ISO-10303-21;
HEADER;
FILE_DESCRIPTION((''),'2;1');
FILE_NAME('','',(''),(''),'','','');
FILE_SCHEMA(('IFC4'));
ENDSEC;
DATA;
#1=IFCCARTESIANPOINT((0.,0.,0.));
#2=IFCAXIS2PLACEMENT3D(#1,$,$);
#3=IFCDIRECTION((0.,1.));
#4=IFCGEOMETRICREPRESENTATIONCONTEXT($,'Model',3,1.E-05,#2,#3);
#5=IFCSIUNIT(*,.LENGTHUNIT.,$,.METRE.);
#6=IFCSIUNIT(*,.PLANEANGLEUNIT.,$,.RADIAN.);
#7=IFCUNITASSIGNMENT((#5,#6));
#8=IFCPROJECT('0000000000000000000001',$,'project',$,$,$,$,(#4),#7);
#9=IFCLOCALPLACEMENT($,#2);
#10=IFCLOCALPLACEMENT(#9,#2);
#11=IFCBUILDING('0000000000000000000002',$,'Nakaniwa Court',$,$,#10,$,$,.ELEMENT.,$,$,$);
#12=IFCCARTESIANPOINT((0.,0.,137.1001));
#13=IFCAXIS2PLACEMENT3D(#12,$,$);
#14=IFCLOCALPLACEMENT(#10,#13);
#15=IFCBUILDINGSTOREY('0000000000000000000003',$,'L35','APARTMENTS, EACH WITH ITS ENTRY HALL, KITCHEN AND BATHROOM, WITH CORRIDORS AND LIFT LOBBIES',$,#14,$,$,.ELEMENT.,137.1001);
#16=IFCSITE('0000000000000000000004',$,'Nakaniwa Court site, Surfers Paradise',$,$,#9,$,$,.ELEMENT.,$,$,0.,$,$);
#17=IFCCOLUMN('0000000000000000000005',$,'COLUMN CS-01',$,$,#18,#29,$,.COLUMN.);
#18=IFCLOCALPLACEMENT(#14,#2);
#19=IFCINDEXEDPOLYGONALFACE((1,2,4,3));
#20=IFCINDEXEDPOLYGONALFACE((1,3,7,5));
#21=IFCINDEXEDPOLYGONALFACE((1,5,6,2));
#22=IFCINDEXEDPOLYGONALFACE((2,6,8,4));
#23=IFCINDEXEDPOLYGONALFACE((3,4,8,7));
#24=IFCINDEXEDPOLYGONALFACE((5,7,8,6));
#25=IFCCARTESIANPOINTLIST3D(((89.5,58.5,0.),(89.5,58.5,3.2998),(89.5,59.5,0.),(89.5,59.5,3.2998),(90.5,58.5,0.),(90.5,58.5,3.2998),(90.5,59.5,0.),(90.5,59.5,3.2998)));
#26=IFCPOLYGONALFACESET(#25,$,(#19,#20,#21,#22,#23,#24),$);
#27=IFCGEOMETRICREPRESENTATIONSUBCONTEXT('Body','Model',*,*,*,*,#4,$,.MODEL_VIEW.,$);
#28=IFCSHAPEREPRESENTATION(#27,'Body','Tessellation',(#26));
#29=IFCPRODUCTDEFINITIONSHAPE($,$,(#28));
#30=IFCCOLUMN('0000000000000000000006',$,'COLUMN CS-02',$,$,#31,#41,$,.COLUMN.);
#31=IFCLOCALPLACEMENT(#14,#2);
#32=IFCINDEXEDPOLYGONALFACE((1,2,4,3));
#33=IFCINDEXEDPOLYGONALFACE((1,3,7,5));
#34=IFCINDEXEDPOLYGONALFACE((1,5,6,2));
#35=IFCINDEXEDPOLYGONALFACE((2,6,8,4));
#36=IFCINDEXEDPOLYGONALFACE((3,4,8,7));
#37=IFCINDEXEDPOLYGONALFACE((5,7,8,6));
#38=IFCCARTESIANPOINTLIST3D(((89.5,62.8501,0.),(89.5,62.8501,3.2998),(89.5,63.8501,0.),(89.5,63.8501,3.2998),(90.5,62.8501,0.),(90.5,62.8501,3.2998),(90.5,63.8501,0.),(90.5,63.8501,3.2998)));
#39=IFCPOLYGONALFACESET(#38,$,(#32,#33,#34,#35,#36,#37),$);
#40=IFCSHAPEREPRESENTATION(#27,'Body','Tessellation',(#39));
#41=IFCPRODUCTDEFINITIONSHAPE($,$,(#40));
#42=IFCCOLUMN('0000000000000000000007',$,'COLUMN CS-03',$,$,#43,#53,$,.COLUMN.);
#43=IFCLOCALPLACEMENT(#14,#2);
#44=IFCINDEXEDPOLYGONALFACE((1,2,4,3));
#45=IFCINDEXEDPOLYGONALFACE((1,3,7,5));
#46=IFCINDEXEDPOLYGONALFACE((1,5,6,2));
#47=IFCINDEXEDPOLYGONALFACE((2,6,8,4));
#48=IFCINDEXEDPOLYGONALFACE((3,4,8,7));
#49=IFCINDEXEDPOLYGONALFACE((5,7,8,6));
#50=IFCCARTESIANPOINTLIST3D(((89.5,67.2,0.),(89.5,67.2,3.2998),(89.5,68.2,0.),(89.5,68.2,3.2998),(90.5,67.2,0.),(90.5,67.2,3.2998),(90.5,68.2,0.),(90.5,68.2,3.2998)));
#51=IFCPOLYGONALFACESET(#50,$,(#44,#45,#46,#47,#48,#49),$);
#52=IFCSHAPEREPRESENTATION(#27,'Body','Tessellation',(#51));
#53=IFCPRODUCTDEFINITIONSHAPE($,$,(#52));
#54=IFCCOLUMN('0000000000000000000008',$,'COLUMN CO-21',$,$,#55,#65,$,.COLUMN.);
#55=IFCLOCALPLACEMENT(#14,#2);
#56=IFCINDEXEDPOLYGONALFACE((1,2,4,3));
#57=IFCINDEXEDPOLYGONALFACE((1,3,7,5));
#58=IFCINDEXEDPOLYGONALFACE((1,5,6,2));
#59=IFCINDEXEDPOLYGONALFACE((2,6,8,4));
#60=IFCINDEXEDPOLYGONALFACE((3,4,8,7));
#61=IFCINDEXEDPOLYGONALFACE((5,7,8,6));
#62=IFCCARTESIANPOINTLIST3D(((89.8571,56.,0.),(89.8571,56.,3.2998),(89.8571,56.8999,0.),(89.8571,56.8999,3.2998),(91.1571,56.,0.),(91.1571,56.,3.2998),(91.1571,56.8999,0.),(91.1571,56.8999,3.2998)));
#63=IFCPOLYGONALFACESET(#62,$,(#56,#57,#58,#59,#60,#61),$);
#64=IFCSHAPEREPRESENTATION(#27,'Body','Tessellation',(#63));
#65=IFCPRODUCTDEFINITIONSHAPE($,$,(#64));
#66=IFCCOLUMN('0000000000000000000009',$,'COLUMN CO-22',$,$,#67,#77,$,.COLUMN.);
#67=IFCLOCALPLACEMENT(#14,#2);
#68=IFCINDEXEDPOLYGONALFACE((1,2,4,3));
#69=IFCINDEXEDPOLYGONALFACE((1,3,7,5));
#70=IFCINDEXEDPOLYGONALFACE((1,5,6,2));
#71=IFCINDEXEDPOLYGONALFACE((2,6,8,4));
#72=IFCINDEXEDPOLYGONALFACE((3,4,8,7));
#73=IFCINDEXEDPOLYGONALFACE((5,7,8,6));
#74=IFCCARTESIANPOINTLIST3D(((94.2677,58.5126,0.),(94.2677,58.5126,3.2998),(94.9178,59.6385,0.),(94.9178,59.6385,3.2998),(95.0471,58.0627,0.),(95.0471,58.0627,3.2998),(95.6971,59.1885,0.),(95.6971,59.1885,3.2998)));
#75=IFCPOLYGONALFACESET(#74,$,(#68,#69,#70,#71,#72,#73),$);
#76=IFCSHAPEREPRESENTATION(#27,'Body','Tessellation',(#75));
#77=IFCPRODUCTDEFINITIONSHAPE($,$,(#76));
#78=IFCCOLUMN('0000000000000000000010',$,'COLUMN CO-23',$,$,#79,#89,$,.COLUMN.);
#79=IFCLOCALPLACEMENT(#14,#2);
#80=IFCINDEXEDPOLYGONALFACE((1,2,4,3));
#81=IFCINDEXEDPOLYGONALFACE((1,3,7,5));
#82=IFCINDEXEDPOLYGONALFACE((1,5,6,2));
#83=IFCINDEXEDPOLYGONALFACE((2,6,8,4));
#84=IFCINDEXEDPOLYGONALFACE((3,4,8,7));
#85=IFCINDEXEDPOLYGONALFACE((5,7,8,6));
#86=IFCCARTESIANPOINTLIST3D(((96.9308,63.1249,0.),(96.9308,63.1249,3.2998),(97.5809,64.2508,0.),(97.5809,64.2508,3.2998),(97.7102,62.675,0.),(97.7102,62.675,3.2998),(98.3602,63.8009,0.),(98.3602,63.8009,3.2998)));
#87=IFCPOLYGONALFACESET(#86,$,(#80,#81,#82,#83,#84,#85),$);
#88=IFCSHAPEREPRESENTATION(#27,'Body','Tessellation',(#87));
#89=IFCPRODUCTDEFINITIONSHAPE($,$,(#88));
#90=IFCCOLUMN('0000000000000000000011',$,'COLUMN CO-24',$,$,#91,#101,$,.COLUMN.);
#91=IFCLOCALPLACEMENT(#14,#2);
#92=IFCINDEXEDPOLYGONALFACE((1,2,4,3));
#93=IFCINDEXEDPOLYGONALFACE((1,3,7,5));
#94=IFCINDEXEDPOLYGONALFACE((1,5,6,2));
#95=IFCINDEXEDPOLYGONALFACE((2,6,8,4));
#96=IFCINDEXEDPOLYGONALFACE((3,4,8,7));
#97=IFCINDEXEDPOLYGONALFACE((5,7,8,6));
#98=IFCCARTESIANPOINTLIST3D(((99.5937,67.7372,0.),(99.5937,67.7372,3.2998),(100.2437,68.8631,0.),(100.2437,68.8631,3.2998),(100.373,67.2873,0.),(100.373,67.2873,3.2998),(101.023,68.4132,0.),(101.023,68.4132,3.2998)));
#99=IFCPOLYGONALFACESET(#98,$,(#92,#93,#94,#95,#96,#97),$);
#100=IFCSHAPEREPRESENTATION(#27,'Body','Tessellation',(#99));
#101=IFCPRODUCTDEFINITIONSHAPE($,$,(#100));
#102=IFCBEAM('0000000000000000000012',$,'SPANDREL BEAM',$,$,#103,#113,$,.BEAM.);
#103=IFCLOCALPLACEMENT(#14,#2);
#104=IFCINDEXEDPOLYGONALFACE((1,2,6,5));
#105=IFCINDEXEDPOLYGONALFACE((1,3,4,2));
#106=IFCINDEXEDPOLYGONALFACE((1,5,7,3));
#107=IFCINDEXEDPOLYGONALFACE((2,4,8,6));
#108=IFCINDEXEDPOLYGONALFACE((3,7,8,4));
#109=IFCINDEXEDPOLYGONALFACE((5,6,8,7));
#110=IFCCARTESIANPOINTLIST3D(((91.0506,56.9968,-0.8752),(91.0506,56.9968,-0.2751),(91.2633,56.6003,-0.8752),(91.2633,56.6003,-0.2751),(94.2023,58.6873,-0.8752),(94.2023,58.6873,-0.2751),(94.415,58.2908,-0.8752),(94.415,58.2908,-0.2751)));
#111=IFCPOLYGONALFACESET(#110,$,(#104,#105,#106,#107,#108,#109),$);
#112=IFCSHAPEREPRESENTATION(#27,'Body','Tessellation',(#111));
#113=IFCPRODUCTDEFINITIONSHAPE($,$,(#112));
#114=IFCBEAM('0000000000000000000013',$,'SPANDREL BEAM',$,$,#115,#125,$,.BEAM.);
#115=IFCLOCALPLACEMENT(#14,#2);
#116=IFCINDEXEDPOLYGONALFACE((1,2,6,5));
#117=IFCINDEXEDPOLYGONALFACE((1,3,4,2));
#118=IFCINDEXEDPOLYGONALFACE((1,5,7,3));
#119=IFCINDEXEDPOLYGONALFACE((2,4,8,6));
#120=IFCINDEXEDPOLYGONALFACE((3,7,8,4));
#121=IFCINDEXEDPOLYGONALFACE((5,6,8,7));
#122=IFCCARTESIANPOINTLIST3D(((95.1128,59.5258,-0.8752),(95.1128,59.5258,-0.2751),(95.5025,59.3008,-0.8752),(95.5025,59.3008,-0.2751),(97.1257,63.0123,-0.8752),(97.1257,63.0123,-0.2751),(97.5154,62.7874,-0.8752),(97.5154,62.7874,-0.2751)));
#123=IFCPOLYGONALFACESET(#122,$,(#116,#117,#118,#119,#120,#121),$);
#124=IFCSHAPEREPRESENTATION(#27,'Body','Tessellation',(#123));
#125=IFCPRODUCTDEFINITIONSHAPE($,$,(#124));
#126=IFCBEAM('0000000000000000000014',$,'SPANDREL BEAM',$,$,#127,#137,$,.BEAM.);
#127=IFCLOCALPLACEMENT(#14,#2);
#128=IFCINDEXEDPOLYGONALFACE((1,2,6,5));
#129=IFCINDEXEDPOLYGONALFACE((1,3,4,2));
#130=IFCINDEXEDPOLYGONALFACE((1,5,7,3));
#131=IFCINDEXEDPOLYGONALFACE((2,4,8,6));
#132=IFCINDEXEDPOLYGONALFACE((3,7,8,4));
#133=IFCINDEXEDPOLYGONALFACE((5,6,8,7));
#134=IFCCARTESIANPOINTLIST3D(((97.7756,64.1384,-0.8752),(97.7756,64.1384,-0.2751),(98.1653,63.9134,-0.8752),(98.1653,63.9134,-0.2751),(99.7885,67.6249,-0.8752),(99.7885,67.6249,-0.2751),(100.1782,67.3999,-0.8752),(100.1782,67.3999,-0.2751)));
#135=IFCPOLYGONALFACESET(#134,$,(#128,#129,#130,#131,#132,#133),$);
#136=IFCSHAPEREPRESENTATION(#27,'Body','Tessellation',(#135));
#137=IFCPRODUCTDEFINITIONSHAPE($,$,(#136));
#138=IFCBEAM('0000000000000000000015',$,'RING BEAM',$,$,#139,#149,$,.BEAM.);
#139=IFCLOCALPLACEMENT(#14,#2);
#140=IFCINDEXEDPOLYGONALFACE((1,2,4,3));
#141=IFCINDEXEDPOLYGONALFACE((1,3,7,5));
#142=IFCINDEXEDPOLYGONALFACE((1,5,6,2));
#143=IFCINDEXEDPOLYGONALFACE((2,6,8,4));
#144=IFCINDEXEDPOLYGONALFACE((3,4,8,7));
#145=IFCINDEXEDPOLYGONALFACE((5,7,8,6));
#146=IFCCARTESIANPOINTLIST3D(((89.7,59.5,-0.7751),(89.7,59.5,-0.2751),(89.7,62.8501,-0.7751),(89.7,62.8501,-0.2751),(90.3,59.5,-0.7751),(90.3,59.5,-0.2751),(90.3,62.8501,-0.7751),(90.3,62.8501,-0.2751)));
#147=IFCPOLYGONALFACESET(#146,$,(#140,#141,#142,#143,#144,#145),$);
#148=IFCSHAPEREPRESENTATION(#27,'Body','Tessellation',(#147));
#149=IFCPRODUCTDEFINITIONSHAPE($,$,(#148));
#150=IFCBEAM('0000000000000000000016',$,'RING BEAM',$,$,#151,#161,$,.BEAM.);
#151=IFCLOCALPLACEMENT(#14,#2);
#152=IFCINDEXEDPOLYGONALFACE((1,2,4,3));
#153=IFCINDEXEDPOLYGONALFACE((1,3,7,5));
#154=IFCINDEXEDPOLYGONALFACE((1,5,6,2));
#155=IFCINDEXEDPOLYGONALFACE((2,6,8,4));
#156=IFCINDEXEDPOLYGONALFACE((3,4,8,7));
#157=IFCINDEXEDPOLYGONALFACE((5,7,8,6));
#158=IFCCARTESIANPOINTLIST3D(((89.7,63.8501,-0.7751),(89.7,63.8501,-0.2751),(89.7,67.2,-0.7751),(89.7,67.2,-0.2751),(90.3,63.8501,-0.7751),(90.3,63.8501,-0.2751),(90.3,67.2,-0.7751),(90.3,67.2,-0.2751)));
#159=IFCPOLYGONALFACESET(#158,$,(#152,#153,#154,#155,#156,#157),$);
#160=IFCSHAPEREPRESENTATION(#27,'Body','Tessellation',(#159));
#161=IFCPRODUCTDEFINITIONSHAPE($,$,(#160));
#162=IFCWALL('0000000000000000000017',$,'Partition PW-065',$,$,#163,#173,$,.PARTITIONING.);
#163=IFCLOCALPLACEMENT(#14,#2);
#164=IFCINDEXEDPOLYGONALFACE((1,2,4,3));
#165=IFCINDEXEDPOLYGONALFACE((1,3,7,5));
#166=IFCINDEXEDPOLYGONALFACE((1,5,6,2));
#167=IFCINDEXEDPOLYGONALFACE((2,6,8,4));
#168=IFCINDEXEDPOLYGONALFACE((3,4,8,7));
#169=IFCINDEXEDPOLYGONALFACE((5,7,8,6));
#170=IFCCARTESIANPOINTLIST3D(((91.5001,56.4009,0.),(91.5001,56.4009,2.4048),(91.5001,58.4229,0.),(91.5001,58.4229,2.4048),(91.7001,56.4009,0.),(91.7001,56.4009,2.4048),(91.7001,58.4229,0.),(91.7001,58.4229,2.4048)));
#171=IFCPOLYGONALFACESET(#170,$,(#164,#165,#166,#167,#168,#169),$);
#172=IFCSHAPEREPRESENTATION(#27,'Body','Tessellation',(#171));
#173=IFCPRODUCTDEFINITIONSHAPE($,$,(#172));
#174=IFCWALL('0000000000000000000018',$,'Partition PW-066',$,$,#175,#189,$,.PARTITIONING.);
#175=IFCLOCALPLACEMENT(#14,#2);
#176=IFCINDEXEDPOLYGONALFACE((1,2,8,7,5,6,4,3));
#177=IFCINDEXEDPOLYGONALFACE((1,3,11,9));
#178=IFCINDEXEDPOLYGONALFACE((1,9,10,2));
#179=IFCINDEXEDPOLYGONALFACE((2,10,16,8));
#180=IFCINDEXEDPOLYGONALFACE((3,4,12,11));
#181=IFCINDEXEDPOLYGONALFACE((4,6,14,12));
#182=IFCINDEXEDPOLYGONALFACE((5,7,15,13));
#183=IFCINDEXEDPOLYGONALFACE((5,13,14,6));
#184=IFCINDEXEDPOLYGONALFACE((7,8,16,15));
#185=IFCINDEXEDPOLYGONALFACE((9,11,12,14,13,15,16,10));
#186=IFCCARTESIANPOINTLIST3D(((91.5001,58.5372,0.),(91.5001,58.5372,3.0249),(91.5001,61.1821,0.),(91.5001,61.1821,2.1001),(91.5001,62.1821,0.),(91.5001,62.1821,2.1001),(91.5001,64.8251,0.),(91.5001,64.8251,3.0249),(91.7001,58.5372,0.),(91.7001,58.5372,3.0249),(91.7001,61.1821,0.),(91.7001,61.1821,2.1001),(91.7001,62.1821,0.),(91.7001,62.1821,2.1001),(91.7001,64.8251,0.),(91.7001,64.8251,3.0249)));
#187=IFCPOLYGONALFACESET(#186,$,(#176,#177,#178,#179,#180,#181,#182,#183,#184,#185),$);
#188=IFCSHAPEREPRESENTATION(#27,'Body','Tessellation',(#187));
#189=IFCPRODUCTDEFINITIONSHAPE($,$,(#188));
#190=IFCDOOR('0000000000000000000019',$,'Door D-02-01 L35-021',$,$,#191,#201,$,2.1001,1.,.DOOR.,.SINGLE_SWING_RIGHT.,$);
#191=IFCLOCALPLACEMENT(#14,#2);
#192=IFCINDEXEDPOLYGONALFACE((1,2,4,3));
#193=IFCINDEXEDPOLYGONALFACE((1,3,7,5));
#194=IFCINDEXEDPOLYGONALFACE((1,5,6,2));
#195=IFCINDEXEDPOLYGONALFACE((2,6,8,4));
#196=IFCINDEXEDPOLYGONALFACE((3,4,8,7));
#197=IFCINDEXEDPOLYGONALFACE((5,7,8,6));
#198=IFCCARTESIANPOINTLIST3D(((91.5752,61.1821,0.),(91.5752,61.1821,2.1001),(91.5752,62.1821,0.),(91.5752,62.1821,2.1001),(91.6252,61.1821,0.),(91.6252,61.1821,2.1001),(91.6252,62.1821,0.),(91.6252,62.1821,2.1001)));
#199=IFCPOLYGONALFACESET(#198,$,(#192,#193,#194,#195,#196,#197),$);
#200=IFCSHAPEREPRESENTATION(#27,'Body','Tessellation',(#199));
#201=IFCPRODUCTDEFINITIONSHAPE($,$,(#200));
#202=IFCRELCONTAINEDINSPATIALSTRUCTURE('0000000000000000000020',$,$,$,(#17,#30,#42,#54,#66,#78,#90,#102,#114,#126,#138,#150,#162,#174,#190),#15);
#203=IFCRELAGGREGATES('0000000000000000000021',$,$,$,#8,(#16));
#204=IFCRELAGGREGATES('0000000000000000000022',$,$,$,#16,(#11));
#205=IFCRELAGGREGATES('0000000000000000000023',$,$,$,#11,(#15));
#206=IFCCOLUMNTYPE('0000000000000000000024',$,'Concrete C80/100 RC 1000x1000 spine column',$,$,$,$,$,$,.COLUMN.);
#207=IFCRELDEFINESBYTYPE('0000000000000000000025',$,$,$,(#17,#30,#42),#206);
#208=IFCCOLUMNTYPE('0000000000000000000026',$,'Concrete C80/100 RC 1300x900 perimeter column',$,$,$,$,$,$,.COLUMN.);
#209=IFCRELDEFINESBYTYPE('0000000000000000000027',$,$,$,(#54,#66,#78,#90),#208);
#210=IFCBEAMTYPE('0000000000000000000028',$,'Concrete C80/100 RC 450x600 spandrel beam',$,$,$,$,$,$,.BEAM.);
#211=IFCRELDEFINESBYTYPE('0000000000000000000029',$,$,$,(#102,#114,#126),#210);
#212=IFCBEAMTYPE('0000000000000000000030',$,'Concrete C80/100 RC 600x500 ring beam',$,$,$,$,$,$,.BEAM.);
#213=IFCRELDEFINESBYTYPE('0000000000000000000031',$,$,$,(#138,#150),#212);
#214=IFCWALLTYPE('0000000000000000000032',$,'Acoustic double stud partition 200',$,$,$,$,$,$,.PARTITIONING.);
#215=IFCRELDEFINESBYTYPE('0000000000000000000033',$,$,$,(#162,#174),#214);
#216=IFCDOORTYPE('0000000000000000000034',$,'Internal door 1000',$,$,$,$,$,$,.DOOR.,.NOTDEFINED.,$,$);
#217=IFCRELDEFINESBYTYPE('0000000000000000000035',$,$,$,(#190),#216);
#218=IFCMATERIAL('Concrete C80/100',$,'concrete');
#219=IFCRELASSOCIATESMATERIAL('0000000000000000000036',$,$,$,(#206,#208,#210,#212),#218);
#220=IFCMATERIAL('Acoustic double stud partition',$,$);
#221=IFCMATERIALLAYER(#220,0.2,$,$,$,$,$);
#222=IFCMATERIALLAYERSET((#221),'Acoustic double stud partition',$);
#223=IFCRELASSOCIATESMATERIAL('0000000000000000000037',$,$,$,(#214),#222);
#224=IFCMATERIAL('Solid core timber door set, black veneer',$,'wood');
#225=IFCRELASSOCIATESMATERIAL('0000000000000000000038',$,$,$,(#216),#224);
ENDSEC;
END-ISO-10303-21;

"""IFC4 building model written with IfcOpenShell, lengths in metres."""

from ifc_helpers import new_model, si_unit, direction, frame, frame_2d, origin, origin_2d, place, context, subcontext, project, spatial, rectangle, extrude, material, layer, layer_set, material_profile, profile_set, type_object, element, fill, save


model = new_model("IFC4")

# Units and contexts
model_context = context("Model", 3, precision=1e-05, world=origin(), true_north=direction((0.0, 1.0)))
body_context = subcontext(model_context, "Body", "Model", "MODEL_VIEW")
ifc_project = project(units=[si_unit("LENGTHUNIT", "METRE"), si_unit("PLANEANGLEUNIT", "RADIAN")], contexts=[model_context])

# Site, building, storey
site_placement = place(None, origin())
site = spatial("IfcSite", under=ifc_project, at=site_placement, Name="Nakaniwa Court site, Surfers Paradise", CompositionType="ELEMENT", RefElevation=0.0)
building_placement = place(site_placement, origin())
building = spatial("IfcBuilding", under=site, at=building_placement, Name="Nakaniwa Court", CompositionType="ELEMENT")
storey_placement = place(building_placement, frame((0.0, 0.0, 137.1001)))
storey = spatial("IfcBuildingStorey", under=building, at=storey_placement, Name="L35", Description="APARTMENTS, EACH WITH ITS ENTRY HALL, KITCHEN AND BATHROOM, WITH CORRIDORS AND LIFT LOBBIES", CompositionType="ELEMENT", Elevation=137.1001)

# Columns
ifc_material_1 = material(Name="Concrete C80/100", Category="concrete")
ifc_material_profile_1 = material_profile(ifc_material_1, rectangle(XDim=1.0, YDim=1.0, at=origin_2d()), Name="Concrete C80/100 RC 1000x1000 spine column")
ifc_profile_set_1 = profile_set([ifc_material_profile_1], Name="Concrete C80/100")
column_type_1 = type_object("IfcColumnType", Name="Concrete C80/100 RC 1000x1000 spine column", PredefinedType="COLUMN", material=ifc_profile_set_1)
for number, where, z_axis, x_axis, name in (
    (1, (90.0, 59.0, 0.0), (0.0, 0.0, 1.0), (0.0, 1.0, 0.0), "COLUMN CS-01"),
    (2, (90.0, 63.3501, 0.0), (0.0, 0.0, 1.0), (0.0, 1.0, 0.0), "COLUMN CS-02"),
    (3, (90.0, 67.7, 0.0), (0.0, 0.0, 1.0), (0.0, 1.0, 0.0), "COLUMN CS-03"),
):
    element("IfcColumn", number, at=place(storey_placement, frame(where, z_axis=z_axis, x_axis=x_axis)), inside=storey, type_object=column_type_1, Name=name, PredefinedType="COLUMN", context=body_context, shape_type="SweptSolid", body=[
        extrude(rectangle(XDim=1.0, YDim=1.0, at=origin_2d()), origin(), (0.0, 0.0, 1.0), 3.2998),
    ])
ifc_material_profile_2 = material_profile(ifc_material_1, rectangle(XDim=1.3, YDim=0.8999, at=origin_2d()), Name="Concrete C80/100 RC 1300x900 perimeter column")
ifc_profile_set_2 = profile_set([ifc_material_profile_2], Name="Concrete C80/100")
column_type_2 = type_object("IfcColumnType", Name="Concrete C80/100 RC 1300x900 perimeter column", PredefinedType="COLUMN", material=ifc_profile_set_2)
for number, where, z_axis, x_axis, name in (
    (4, (90.5071, 56.45, 0.0), (0.0, 0.0, 1.0), (1.0, 0.0, 0.0), "COLUMN CO-21"),
    (5, (94.9824, 58.8506, 0.0), (0.0, 0.0, 1.0), (0.5, 0.866025, 0.0), "COLUMN CO-22"),
    (6, (97.6455, 63.4629, 0.0), (0.0, 0.0, 1.0), (0.5, 0.866025, 0.0), "COLUMN CO-23"),
    (7, (100.3083, 68.0752, 0.0), (0.0, 0.0, 1.0), (0.5, 0.866025, 0.0), "COLUMN CO-24"),
):
    element("IfcColumn", number, at=place(storey_placement, frame(where, z_axis=z_axis, x_axis=x_axis)), inside=storey, type_object=column_type_2, Name=name, PredefinedType="COLUMN", context=body_context, shape_type="SweptSolid", body=[
        extrude(rectangle(XDim=1.3, YDim=0.8999, at=origin_2d()), origin(), (0.0, 0.0, 1.0), 3.2998),
    ])

# Beams
ifc_material_profile_3 = material_profile(ifc_material_1, rectangle(XDim=0.45, YDim=0.6001, at=origin_2d()), Name="Concrete C80/100 RC 450x600 spandrel beam")
ifc_profile_set_3 = profile_set([ifc_material_profile_3], Name="Concrete C80/100")
beam_type_1 = type_object("IfcBeamType", Name="Concrete C80/100 RC 450x600 spandrel beam", PredefinedType="BEAM", material=ifc_profile_set_3)
beam_1_placement = place(storey_placement, frame((91.157, 56.7986, -0.5752), z_axis=(0.881239, 0.47267, 0.0), x_axis=(-0.47267, 0.881239, 0.0)))
element("IfcBeam", 8, at=beam_1_placement, inside=storey, type_object=beam_type_1, Name="SPANDREL BEAM", PredefinedType="BEAM", context=body_context, shape_type="SweptSolid", body=[
    extrude(rectangle(XDim=0.45, YDim=0.6001, at=origin_2d()), origin(), (0.0, 0.0, 1.0), 3.5764),
])
for number, where, z_axis, x_axis, name in (
    (9, (95.3076, 59.4133, -0.5752), (0.499994, 0.866029, 0.0), (-0.866029, 0.499994, 0.0), "SPANDREL BEAM"),
    (10, (97.9705, 64.0259, -0.5752), (0.499994, 0.866029, 0.0), (-0.866029, 0.499994, 0.0), "SPANDREL BEAM"),
):
    element("IfcBeam", number, at=place(storey_placement, frame(where, z_axis=z_axis, x_axis=x_axis)), inside=storey, type_object=beam_type_1, Name=name, PredefinedType="BEAM", context=body_context, shape_type="SweptSolid", body=[
        extrude(rectangle(XDim=0.45, YDim=0.6001, at=origin_2d()), origin(), (0.0, 0.0, 1.0), 4.0259),
    ])
ifc_material_profile_4 = material_profile(ifc_material_1, rectangle(XDim=0.6001, YDim=0.5, at=origin_2d()), Name="Concrete C80/100 RC 600x500 ring beam")
ifc_profile_set_4 = profile_set([ifc_material_profile_4], Name="Concrete C80/100")
beam_type_2 = type_object("IfcBeamType", Name="Concrete C80/100 RC 600x500 ring beam", PredefinedType="BEAM", material=ifc_profile_set_4)
beam_2_placement = place(storey_placement, frame((90.0, 59.5, -0.5251), z_axis=(0.0, 1.0, 0.0), x_axis=(-1.0, 0.0, 0.0)))
element("IfcBeam", 11, at=beam_2_placement, inside=storey, type_object=beam_type_2, Name="RING BEAM", PredefinedType="BEAM", context=body_context, shape_type="SweptSolid", body=[
    extrude(rectangle(XDim=0.6001, YDim=0.5, at=origin_2d()), origin(), (0.0, 0.0, 1.0), 3.3501),
])
beam_3_placement = place(storey_placement, frame((90.0, 63.8501, -0.5251), z_axis=(0.0, 1.0, 0.0), x_axis=(-1.0, 0.0, 0.0)))
element("IfcBeam", 12, at=beam_3_placement, inside=storey, type_object=beam_type_2, Name="RING BEAM", PredefinedType="BEAM", context=body_context, shape_type="SweptSolid", body=[
    extrude(rectangle(XDim=0.6001, YDim=0.5, at=origin_2d()), origin(), (0.0, 0.0, 1.0), 3.3499),
])

# Wall
ifc_material_2 = material(Name="Acoustic double stud partition")
ifc_layer_1 = layer(ifc_material_2, 0.2)
ifc_layer_set_1 = layer_set([ifc_layer_1], Name="Acoustic double stud partition")
wall_type_1 = type_object("IfcWallType", Name="Acoustic double stud partition 200", PredefinedType="PARTITIONING", material=ifc_layer_set_1)
wall_1_placement = place(storey_placement, frame((91.6001, 56.4009, 0.0), z_axis=(0.0, 0.0, 1.0), x_axis=(0.0, 1.0, 0.0)))
element("IfcWall", 13, at=wall_1_placement, inside=storey, type_object=wall_type_1, Name="Partition PW-065", PredefinedType="PARTITIONING", context=body_context, shape_type="SweptSolid", body=[
    extrude(rectangle(XDim=2.022, YDim=0.2, at=frame_2d((1.011, 0.0))), origin(), (0.0, 0.0, 1.0), 2.4048),
])

# Wall, opening, door
wall_2_placement = place(storey_placement, frame((91.6001, 58.5371, 0.0), z_axis=(0.0, 0.0, 1.0), x_axis=(0.0, 1.0, 0.0)))
wall_2 = element("IfcWall", 14, at=wall_2_placement, inside=storey, type_object=wall_type_1, Name="Partition PW-066", PredefinedType="PARTITIONING", context=body_context, shape_type="SweptSolid", body=[
    extrude(rectangle(XDim=6.2878, YDim=0.2, at=frame_2d((3.144, 0.0))), origin(), (0.0, 0.0, 1.0), 3.0249),
])
opening_1_placement = place(wall_2_placement, frame((2.645, 0.0, 0.0)))
opening_1 = element("IfcOpeningElement", 15, at=opening_1_placement, cuts=wall_2, PredefinedType="OPENING", context=body_context, shape_type="SweptSolid", body=[
    extrude(rectangle(XDim=1.0, YDim=2.1001, at=frame_2d((0.5, 1.05))), frame((0.0, 0.1099, 0.0), z_axis=(0.0, -1.0, 0.0), x_axis=(1.0, 0.0, 0.0)), (0.0, 0.0, 1.0), 0.22),
])
ifc_material_3 = material(Name="Solid core timber door set, black veneer", Category="wood")
door_type = type_object("IfcDoorType", Name="Internal door 1000", OperationType="NOTDEFINED", PredefinedType="DOOR", material=ifc_material_3)
door_placement = place(opening_1_placement, origin())
door = element("IfcDoor", 16, at=door_placement, inside=storey, type_object=door_type, Name="Door D-02-01 L35-021", OperationType="SINGLE_SWING_RIGHT", OverallHeight=2.1001, OverallWidth=1.0, PredefinedType="DOOR", context=body_context, shape_type="SweptSolid", body=[
    extrude(rectangle(XDim=1.0, YDim=2.1001, at=frame_2d((0.5, 1.05))), frame((0.0, 0.0249, 0.0), z_axis=(0.0, -1.0, 0.0), x_axis=(1.0, 0.0, 0.0)), (0.0, 0.0, 1.0), 0.05),
])
fill(opening_1, door)

save(model, "model.ifc")
